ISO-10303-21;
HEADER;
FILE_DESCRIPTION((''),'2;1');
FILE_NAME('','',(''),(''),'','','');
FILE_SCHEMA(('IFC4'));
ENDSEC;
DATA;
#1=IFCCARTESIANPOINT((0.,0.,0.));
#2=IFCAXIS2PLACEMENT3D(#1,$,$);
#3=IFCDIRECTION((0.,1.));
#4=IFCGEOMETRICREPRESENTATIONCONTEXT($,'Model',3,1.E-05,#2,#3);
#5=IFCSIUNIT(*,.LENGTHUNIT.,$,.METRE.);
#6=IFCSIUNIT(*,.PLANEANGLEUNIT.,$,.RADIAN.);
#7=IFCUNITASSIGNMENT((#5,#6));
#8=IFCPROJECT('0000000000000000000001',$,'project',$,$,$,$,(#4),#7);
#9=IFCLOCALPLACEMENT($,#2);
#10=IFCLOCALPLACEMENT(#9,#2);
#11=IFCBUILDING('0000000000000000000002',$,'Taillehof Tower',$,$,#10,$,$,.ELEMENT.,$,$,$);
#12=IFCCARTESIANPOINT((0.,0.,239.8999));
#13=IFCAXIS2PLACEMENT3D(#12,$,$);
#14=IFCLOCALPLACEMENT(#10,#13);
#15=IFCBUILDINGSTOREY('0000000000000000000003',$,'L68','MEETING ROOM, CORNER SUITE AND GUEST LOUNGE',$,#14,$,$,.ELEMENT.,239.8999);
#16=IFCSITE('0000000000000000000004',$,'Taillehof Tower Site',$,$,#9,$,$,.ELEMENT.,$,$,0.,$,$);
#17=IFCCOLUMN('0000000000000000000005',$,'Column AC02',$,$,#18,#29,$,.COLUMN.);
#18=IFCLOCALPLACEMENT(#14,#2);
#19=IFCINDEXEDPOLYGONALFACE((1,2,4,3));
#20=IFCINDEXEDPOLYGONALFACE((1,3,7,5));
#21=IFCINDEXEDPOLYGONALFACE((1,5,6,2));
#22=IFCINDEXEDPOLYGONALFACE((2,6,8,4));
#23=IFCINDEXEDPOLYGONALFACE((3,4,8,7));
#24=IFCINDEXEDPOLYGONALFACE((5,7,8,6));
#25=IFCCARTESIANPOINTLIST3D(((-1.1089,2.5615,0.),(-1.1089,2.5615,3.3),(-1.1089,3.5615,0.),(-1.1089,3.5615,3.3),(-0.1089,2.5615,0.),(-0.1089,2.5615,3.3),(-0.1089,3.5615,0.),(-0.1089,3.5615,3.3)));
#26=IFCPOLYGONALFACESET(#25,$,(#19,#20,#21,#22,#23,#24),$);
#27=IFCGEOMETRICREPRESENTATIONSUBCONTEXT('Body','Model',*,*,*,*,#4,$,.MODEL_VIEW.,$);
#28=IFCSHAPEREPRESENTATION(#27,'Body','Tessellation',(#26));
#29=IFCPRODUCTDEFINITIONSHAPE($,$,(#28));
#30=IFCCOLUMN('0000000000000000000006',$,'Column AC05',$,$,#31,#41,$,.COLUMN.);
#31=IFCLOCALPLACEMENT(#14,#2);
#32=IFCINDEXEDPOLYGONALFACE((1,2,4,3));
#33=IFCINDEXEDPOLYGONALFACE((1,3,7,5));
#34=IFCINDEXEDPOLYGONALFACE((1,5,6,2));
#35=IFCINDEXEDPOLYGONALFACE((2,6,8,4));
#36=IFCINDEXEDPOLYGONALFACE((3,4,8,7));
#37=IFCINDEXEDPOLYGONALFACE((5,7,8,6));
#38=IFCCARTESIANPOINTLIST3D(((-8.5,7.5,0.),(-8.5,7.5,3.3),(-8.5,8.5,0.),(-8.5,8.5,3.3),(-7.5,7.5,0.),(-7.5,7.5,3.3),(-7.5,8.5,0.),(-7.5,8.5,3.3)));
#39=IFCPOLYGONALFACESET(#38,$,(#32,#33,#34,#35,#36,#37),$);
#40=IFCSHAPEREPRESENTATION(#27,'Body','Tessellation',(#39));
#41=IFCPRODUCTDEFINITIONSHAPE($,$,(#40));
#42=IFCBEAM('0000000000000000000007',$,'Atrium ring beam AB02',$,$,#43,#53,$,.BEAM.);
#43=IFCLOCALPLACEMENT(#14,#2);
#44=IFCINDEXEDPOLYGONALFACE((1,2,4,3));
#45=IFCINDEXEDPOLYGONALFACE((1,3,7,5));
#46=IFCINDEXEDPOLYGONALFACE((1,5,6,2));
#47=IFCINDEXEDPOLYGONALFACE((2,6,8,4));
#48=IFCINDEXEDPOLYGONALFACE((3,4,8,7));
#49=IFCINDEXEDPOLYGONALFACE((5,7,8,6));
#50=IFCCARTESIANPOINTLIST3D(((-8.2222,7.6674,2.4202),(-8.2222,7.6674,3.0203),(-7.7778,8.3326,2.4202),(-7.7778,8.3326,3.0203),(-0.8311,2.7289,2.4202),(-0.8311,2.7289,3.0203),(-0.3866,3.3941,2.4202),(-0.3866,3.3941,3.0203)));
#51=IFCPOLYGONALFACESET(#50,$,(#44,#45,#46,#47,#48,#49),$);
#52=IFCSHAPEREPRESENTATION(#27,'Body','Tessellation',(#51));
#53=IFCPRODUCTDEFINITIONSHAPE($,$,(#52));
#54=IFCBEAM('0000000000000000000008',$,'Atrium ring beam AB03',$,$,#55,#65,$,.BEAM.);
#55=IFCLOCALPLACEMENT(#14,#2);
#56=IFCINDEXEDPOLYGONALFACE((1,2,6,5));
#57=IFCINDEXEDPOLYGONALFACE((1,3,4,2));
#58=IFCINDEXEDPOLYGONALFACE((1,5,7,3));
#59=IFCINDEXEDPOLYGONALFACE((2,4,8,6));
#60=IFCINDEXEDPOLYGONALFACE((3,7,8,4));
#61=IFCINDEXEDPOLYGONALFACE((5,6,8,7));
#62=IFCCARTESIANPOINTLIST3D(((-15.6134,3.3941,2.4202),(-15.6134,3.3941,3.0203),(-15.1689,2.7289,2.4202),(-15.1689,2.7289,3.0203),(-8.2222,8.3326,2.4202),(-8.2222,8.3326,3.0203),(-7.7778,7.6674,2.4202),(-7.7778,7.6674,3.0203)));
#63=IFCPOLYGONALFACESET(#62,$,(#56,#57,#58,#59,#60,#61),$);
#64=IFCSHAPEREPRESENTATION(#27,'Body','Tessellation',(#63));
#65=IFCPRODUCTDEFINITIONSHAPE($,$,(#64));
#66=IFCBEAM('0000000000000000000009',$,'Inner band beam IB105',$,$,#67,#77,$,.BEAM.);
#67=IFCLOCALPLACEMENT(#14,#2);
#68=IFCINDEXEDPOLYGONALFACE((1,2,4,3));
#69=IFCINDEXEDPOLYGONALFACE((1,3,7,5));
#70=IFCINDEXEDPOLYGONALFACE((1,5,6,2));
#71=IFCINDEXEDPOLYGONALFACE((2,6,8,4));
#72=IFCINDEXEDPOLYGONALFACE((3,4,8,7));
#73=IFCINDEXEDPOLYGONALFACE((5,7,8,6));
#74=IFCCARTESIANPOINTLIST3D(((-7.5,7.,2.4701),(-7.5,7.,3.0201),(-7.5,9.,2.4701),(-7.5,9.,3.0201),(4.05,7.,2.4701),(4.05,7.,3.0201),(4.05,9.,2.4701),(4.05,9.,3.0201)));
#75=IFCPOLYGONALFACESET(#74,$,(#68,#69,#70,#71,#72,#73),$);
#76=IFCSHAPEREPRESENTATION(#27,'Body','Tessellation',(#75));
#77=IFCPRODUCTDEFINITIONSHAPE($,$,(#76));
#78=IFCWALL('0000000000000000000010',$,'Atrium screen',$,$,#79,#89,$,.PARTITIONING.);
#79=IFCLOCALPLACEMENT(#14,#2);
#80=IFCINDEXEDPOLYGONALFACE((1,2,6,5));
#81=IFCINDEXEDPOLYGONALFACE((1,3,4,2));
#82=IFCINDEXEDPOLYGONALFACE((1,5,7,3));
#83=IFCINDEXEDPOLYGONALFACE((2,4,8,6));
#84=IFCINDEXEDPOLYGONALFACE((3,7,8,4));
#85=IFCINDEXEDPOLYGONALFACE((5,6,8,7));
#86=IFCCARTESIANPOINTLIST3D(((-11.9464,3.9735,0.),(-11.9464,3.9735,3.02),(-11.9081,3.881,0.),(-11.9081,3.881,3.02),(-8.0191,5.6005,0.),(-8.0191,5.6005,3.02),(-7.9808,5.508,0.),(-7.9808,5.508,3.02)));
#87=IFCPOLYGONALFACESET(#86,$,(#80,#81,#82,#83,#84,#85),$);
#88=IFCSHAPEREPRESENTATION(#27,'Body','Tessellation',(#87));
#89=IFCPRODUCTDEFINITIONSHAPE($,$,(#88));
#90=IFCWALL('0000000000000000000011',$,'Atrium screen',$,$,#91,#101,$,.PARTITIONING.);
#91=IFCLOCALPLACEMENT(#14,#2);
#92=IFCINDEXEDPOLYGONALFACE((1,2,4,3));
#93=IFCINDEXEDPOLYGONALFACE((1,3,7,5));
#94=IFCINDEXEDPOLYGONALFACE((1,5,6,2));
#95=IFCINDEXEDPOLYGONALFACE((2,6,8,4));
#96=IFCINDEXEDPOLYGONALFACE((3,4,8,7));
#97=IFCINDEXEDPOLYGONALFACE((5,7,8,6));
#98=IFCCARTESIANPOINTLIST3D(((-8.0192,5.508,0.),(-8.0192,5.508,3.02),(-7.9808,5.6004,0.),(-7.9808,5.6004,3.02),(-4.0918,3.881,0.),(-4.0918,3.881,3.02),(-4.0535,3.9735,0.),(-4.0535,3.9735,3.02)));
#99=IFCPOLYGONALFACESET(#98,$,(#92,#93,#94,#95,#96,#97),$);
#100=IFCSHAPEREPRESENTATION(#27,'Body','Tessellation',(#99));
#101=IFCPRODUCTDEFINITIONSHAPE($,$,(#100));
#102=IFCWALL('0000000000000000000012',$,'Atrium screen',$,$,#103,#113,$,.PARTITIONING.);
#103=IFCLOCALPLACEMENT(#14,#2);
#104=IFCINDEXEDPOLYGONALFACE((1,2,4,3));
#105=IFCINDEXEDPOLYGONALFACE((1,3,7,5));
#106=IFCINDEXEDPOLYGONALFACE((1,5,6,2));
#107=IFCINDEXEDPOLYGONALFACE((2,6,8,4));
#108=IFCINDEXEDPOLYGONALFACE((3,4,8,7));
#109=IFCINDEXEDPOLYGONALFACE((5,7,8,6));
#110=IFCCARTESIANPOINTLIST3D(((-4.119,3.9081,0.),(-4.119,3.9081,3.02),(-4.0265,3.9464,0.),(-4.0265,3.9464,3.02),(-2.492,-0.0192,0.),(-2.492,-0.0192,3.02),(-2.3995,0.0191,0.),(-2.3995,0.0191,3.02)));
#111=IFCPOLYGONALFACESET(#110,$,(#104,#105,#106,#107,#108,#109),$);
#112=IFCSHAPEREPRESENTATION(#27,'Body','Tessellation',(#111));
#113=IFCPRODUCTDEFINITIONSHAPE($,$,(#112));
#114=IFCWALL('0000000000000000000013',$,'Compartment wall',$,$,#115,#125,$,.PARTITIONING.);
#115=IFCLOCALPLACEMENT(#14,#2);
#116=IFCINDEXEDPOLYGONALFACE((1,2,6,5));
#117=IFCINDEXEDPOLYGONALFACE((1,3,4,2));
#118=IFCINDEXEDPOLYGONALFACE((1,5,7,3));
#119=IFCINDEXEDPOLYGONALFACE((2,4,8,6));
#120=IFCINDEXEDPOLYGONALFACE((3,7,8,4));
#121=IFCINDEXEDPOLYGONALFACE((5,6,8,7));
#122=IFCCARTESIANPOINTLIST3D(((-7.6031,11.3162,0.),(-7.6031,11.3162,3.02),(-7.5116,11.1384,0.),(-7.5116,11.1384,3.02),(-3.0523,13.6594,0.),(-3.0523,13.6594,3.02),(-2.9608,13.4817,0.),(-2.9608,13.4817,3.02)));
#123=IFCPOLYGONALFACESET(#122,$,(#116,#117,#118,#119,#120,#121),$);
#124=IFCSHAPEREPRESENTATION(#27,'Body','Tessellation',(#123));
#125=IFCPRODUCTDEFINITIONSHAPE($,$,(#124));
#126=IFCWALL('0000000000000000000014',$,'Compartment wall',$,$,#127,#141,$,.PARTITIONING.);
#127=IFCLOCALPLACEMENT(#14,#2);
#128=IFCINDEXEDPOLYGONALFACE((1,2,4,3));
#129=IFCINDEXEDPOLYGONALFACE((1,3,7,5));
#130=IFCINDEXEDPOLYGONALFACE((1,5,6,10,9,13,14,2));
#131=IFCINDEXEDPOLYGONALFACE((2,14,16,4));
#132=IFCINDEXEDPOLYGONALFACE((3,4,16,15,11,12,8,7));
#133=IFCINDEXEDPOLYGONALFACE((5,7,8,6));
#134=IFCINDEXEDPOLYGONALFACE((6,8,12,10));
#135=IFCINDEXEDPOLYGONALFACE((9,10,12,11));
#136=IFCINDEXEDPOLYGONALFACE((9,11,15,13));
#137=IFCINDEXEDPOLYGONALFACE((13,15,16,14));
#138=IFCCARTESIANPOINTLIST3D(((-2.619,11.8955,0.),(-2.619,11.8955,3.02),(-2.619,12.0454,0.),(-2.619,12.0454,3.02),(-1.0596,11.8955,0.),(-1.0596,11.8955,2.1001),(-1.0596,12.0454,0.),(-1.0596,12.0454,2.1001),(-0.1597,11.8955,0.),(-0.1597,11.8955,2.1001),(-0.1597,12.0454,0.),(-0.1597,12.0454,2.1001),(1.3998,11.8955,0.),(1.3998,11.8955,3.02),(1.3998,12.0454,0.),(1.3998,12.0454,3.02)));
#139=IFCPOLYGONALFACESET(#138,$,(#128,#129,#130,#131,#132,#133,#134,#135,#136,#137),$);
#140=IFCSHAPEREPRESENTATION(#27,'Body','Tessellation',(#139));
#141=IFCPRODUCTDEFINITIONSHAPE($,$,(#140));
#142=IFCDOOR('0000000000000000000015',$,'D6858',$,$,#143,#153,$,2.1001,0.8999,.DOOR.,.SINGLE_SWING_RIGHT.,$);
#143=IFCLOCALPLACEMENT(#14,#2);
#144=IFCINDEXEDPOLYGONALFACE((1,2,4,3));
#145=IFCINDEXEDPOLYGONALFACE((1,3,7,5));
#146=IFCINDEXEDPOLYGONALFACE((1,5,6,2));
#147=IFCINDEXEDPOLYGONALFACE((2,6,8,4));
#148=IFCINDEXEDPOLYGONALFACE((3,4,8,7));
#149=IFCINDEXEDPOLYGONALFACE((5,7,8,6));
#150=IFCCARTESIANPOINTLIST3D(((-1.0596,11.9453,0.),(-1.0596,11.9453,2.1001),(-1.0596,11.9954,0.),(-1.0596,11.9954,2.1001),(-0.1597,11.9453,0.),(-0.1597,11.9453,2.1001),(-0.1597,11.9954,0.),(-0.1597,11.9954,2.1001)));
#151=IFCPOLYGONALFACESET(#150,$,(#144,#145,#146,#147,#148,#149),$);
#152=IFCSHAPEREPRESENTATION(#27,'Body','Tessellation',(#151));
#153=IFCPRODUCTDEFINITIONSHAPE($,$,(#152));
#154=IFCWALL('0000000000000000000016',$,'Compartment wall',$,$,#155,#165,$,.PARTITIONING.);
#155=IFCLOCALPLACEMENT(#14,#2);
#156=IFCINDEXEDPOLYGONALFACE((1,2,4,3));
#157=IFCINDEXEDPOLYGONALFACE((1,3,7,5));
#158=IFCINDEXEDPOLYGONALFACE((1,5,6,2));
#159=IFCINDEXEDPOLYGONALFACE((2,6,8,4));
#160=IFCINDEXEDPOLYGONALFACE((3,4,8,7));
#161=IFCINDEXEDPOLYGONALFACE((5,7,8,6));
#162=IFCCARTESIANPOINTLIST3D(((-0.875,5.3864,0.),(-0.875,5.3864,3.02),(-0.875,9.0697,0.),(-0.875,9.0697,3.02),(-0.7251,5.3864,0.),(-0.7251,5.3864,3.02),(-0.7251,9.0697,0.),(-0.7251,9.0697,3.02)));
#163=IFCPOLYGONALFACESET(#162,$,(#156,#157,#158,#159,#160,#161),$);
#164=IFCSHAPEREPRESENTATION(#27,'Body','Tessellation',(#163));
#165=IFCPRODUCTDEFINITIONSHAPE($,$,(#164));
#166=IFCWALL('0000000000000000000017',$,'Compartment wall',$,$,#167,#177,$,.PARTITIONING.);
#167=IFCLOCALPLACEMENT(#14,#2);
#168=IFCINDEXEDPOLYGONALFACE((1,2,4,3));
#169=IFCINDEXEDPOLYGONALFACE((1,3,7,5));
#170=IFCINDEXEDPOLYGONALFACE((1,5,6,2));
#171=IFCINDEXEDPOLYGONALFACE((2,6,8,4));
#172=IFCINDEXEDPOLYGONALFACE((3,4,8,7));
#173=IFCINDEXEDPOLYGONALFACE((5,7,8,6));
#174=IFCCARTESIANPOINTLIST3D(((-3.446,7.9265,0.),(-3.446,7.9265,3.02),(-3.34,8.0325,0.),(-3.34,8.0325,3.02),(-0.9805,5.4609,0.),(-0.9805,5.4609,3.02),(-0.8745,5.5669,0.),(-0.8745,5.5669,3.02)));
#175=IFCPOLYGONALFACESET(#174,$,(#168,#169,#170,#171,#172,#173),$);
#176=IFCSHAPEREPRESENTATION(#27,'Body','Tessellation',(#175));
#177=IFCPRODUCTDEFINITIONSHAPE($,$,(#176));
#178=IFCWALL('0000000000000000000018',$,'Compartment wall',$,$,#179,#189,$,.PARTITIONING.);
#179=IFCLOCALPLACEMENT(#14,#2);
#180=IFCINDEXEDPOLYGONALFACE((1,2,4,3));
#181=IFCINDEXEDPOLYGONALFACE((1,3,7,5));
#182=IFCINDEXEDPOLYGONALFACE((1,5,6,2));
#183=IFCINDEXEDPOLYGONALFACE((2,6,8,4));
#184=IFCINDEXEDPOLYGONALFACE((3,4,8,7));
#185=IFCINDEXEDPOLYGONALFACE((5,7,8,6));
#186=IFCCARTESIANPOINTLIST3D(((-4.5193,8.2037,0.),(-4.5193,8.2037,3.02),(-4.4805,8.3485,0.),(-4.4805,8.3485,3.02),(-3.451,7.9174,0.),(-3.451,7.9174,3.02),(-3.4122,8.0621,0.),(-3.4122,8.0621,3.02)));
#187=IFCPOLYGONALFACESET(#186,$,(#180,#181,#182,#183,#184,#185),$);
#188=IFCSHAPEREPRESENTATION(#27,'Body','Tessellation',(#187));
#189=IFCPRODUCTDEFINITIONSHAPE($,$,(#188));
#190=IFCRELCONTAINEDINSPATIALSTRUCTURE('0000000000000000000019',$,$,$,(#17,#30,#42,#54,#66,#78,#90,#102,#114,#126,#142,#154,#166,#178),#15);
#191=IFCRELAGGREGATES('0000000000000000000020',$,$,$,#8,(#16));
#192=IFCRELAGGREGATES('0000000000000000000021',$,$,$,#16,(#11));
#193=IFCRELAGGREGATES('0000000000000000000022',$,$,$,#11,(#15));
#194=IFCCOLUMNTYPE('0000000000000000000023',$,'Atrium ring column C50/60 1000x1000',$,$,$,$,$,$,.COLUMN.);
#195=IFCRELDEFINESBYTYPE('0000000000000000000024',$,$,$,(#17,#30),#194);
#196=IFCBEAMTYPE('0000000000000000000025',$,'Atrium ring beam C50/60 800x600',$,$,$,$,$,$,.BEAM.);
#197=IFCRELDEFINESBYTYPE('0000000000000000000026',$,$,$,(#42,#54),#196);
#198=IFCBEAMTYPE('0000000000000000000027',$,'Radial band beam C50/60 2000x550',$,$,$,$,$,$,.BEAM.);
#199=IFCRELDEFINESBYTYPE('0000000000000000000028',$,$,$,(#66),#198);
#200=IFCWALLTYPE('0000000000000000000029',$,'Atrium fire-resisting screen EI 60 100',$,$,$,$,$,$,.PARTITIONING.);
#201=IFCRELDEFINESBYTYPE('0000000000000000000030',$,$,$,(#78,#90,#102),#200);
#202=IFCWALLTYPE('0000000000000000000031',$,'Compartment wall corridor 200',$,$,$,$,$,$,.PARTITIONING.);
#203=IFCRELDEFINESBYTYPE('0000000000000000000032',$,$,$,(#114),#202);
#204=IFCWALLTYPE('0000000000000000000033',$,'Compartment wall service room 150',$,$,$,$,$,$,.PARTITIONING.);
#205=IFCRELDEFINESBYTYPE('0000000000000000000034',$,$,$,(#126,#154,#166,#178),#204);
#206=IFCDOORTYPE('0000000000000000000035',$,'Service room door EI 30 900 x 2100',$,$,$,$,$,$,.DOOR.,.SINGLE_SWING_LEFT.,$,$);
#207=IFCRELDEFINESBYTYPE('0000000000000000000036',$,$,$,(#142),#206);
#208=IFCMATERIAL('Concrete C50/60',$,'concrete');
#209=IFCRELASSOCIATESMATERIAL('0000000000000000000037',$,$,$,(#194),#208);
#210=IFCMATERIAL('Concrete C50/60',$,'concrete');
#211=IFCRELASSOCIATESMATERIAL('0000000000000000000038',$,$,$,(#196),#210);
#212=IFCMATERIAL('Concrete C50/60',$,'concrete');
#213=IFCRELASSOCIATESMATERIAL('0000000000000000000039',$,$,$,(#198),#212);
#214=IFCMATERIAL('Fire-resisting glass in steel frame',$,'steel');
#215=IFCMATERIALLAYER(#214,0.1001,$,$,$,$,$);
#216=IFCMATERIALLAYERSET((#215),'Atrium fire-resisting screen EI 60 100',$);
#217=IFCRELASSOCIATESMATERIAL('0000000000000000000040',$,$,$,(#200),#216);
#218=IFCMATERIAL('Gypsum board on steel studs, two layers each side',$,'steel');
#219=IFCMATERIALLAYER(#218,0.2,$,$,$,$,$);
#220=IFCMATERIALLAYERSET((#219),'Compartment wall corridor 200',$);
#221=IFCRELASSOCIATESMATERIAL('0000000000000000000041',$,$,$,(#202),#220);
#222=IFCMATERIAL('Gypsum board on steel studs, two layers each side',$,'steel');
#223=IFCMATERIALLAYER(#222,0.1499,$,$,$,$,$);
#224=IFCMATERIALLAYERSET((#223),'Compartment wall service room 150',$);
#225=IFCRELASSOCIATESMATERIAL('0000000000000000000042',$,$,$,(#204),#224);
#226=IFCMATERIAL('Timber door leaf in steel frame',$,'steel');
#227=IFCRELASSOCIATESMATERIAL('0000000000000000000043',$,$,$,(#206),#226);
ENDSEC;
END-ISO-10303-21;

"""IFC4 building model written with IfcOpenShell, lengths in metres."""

from ifc_helpers import new_model, si_unit, direction, frame, frame_2d, origin, origin_2d, place, context, subcontext, project, spatial, rectangle, extrude, material, layer, layer_set, material_profile, profile_set, type_object, element, fill, save


model = new_model("IFC4")

# Units and contexts
model_context = context("Model", 3, precision=1e-05, world=origin(), true_north=direction((0.0, 1.0)))
body_context = subcontext(model_context, "Body", "Model", "MODEL_VIEW")
ifc_project = project(units=[si_unit("LENGTHUNIT", "METRE"), si_unit("PLANEANGLEUNIT", "RADIAN")], contexts=[model_context])

# Site, building, storey
site_placement = place(None, origin())
site = spatial("IfcSite", under=ifc_project, at=site_placement, Name="Taillehof Tower Site", CompositionType="ELEMENT", RefElevation=0.0)
building_placement = place(site_placement, origin())
building = spatial("IfcBuilding", under=site, at=building_placement, Name="Taillehof Tower", CompositionType="ELEMENT")
storey_placement = place(building_placement, frame((0.0, 0.0, 239.8999)))
storey = spatial("IfcBuildingStorey", under=building, at=storey_placement, Name="L68", Description="MEETING ROOM, CORNER SUITE AND GUEST LOUNGE", CompositionType="ELEMENT", Elevation=239.8999)

# Columns
ifc_material_1 = material(Name="Concrete C50/60", Category="concrete")
ifc_material_profile_1 = material_profile(ifc_material_1, rectangle(XDim=1.0, YDim=1.0, at=origin_2d()), Name="RC 1000x1000")
ifc_profile_set_1 = profile_set([ifc_material_profile_1], Name="Concrete C50/60")
column_type = type_object("IfcColumnType", Name="Atrium ring column C50/60 1000x1000", PredefinedType="COLUMN", material=ifc_profile_set_1)
for number, where, z_axis, x_axis, name in (
    (1, (-0.6089, 3.0615, 0.0), (0.0, 0.0, 1.0), (1.0, 0.0, 0.0), "Column AC02"),
    (2, (-8.0, 8.0, 0.0), (0.0, 0.0, 1.0), (1.0, 0.0, 0.0), "Column AC05"),
):
    element("IfcColumn", number, at=place(storey_placement, frame(where, z_axis=z_axis, x_axis=x_axis)), inside=storey, type_object=column_type, Name=name, PredefinedType="COLUMN", context=body_context, shape_type="SweptSolid", body=[
        extrude(rectangle(XDim=1.0, YDim=1.0, at=origin_2d()), origin(), (0.0, 0.0, 1.0), 3.3),
    ])

# Beams
ifc_material_2 = material(Name="Concrete C50/60", Category="concrete")
ifc_material_profile_2 = material_profile(ifc_material_2, rectangle(XDim=0.8, YDim=0.6001, at=origin_2d()), Name="RC 800x600")
ifc_profile_set_2 = profile_set([ifc_material_profile_2], Name="Concrete C50/60")
beam_type_1 = type_object("IfcBeamType", Name="Atrium ring beam C50/60 800x600", PredefinedType="BEAM", material=ifc_profile_set_2)
for number, where, z_axis, x_axis, name in (
    (3, (-0.6089, 3.0615, 2.7202), (-0.831475, 0.555562, 0.0), (-0.555562, -0.831475, 0.0), "Atrium ring beam AB02"),
    (4, (-8.0, 8.0, 2.7202), (-0.831475, -0.555562, 0.0), (0.555562, -0.831475, 0.0), "Atrium ring beam AB03"),
):
    element("IfcBeam", number, at=place(storey_placement, frame(where, z_axis=z_axis, x_axis=x_axis)), inside=storey, type_object=beam_type_1, Name=name, PredefinedType="BEAM", context=body_context, shape_type="SweptSolid", body=[
        extrude(rectangle(XDim=0.8, YDim=0.6001, at=origin_2d()), origin(), (0.0, 0.0, 1.0), 8.8892),
    ])
ifc_material_3 = material(Name="Concrete C50/60", Category="concrete")
ifc_material_profile_3 = material_profile(ifc_material_3, rectangle(XDim=2.0, YDim=0.55, at=origin_2d()), Name="RC 2000x550")
ifc_profile_set_3 = profile_set([ifc_material_profile_3], Name="Concrete C50/60")
beam_type_2 = type_object("IfcBeamType", Name="Radial band beam C50/60 2000x550", PredefinedType="BEAM", material=ifc_profile_set_3)
beam_placement = place(storey_placement, frame((-7.5, 8.0, 2.7451), z_axis=(1.0, 0.0, 0.0), x_axis=(0.0, 1.0, 0.0)))
element("IfcBeam", 5, at=beam_placement, inside=storey, type_object=beam_type_2, Name="Inner band beam IB105", PredefinedType="BEAM", context=body_context, shape_type="SweptSolid", body=[
    extrude(rectangle(XDim=2.0, YDim=0.55, at=origin_2d()), origin(), (0.0, 0.0, 1.0), 11.55),
])

# Walls
ifc_material_4 = material(Name="Fire-resisting glass in steel frame", Category="steel")
ifc_layer_1 = layer(ifc_material_4, 0.1001)
ifc_layer_set_1 = layer_set([ifc_layer_1], Name="Atrium fire-resisting screen EI 60 100")
wall_type_1 = type_object("IfcWallType", Name="Atrium fire-resisting screen EI 60 100", PredefinedType="PARTITIONING", material=ifc_layer_set_1)
for number, where, z_axis, x_axis, name in (
    (6, (-11.9272, 3.9272, 0.0), (0.0, 0.0, 1.0), (0.92386, 0.382731, 0.0), "Atrium screen"),
    (7, (-8.0, 5.5542, 0.0), (0.0, 0.0, 1.0), (0.92386, -0.382731, 0.0), "Atrium screen"),
    (8, (-4.0728, 3.9272, 0.0), (0.0, 0.0, 1.0), (0.382731, -0.92386, 0.0), "Atrium screen"),
):
    element("IfcWall", number, at=place(storey_placement, frame(where, z_axis=z_axis, x_axis=x_axis)), inside=storey, type_object=wall_type_1, Name=name, PredefinedType="PARTITIONING", context=body_context, shape_type="SweptSolid", body=[
        extrude(rectangle(XDim=4.251, YDim=0.1001, at=frame_2d((2.1255, 0.0))), origin(), (0.0, 0.0, 1.0), 3.02),
    ])
ifc_material_5 = material(Name="Gypsum board on steel studs, two layers each side", Category="steel")
ifc_layer_2 = layer(ifc_material_5, 0.2)
ifc_layer_set_2 = layer_set([ifc_layer_2], Name="Compartment wall corridor 200")
wall_type_2 = type_object("IfcWallType", Name="Compartment wall corridor 200", PredefinedType="PARTITIONING", material=ifc_layer_set_2)
wall_1_placement = place(storey_placement, frame((-7.5574, 11.2273, 0.0), z_axis=(0.0, 0.0, 1.0), x_axis=(0.88906, 0.45779, 0.0)))
element("IfcWall", 9, at=wall_1_placement, inside=storey, type_object=wall_type_2, Name="Compartment wall", PredefinedType="PARTITIONING", context=body_context, shape_type="SweptSolid", body=[
    extrude(rectangle(XDim=5.1187, YDim=0.2, at=frame_2d((2.5593, 0.0))), origin(), (0.0, 0.0, 1.0), 3.02),
])

# Wall, opening, door
ifc_material_6 = material(Name="Gypsum board on steel studs, two layers each side", Category="steel")
ifc_layer_3 = layer(ifc_material_6, 0.1499)
ifc_layer_set_3 = layer_set([ifc_layer_3], Name="Compartment wall service room 150")
wall_type_3 = type_object("IfcWallType", Name="Compartment wall service room 150", PredefinedType="PARTITIONING", material=ifc_layer_set_3)
wall_2_placement = place(storey_placement, frame((-2.6189, 11.9705, 0.0), z_axis=(0.0, 0.0, 1.0), x_axis=(1.0, 0.0, 0.0)))
wall_2 = element("IfcWall", 10, at=wall_2_placement, inside=storey, type_object=wall_type_3, Name="Compartment wall", PredefinedType="PARTITIONING", context=body_context, shape_type="SweptSolid", body=[
    extrude(rectangle(XDim=4.0188, YDim=0.1499, at=frame_2d((2.0093, 0.0))), origin(), (0.0, 0.0, 1.0), 3.02),
])
opening_1_placement = place(wall_2_placement, frame((1.5593, 0.0, 0.0)))
opening_1 = element("IfcOpeningElement", 11, at=opening_1_placement, cuts=wall_2, PredefinedType="OPENING", context=body_context, shape_type="SweptSolid", body=[
    extrude(rectangle(XDim=0.8999, YDim=2.1001, at=frame_2d((0.45, 1.05))), frame((0.0, 0.085, 0.0), z_axis=(0.0, -1.0, 0.0), x_axis=(1.0, 0.0, 0.0)), (0.0, 0.0, 1.0), 0.1699),
])
ifc_material_7 = material(Name="Timber door leaf in steel frame", Category="steel")
door_type_1 = type_object("IfcDoorType", Name="Service room door EI 30 900 x 2100", OperationType="SINGLE_SWING_LEFT", PredefinedType="DOOR", material=ifc_material_7)
door_1_placement = place(opening_1_placement, origin())
door_1 = element("IfcDoor", 12, at=door_1_placement, inside=storey, type_object=door_type_1, Name="D6858", OperationType="SINGLE_SWING_RIGHT", OverallHeight=2.1001, OverallWidth=0.8999, PredefinedType="DOOR", context=body_context, shape_type="SweptSolid", body=[
    extrude(rectangle(XDim=0.8999, YDim=2.1001, at=frame_2d((0.45, 1.05))), frame((0.0, 0.0249, 0.0), z_axis=(0.0, -1.0, 0.0), x_axis=(1.0, 0.0, 0.0)), (0.0, 0.0, 1.0), 0.05),
])
fill(opening_1, door_1)

# Walls
wall_3_placement = place(storey_placement, frame((-0.8, 9.0698, 0.0), z_axis=(0.0, 0.0, 1.0), x_axis=(0.0, -1.0, 0.0)))
element("IfcWall", 13, at=wall_3_placement, inside=storey, type_object=wall_type_3, Name="Compartment wall", PredefinedType="PARTITIONING", context=body_context, shape_type="SweptSolid", body=[
    extrude(rectangle(XDim=3.6833, YDim=0.1499, at=frame_2d((1.8418, 0.0))), origin(), (0.0, 0.0, 1.0), 3.02),
])
wall_4_placement = place(storey_placement, frame((-0.9275, 5.5139, 0.0), z_axis=(0.0, 0.0, 1.0), x_axis=(-0.707107, 0.707107, 0.0)))
element("IfcWall", 14, at=wall_4_placement, inside=storey, type_object=wall_type_3, Name="Compartment wall", PredefinedType="PARTITIONING", context=body_context, shape_type="SweptSolid", body=[
    extrude(rectangle(XDim=3.4868, YDim=0.1499, at=frame_2d((1.7434, 0.0))), origin(), (0.0, 0.0, 1.0), 3.02),
])
wall_5_placement = place(storey_placement, frame((-3.4316, 7.9897, 0.0), z_axis=(0.0, 0.0, 1.0), x_axis=(-0.965901, 0.258913, 0.0)))
element("IfcWall", 15, at=wall_5_placement, inside=storey, type_object=wall_type_3, Name="Compartment wall", PredefinedType="PARTITIONING", context=body_context, shape_type="SweptSolid", body=[
    extrude(rectangle(XDim=1.106, YDim=0.1499, at=frame_2d((0.553, 0.0))), origin(), (0.0, 0.0, 1.0), 3.02),
])

save(model, "model.ifc")
